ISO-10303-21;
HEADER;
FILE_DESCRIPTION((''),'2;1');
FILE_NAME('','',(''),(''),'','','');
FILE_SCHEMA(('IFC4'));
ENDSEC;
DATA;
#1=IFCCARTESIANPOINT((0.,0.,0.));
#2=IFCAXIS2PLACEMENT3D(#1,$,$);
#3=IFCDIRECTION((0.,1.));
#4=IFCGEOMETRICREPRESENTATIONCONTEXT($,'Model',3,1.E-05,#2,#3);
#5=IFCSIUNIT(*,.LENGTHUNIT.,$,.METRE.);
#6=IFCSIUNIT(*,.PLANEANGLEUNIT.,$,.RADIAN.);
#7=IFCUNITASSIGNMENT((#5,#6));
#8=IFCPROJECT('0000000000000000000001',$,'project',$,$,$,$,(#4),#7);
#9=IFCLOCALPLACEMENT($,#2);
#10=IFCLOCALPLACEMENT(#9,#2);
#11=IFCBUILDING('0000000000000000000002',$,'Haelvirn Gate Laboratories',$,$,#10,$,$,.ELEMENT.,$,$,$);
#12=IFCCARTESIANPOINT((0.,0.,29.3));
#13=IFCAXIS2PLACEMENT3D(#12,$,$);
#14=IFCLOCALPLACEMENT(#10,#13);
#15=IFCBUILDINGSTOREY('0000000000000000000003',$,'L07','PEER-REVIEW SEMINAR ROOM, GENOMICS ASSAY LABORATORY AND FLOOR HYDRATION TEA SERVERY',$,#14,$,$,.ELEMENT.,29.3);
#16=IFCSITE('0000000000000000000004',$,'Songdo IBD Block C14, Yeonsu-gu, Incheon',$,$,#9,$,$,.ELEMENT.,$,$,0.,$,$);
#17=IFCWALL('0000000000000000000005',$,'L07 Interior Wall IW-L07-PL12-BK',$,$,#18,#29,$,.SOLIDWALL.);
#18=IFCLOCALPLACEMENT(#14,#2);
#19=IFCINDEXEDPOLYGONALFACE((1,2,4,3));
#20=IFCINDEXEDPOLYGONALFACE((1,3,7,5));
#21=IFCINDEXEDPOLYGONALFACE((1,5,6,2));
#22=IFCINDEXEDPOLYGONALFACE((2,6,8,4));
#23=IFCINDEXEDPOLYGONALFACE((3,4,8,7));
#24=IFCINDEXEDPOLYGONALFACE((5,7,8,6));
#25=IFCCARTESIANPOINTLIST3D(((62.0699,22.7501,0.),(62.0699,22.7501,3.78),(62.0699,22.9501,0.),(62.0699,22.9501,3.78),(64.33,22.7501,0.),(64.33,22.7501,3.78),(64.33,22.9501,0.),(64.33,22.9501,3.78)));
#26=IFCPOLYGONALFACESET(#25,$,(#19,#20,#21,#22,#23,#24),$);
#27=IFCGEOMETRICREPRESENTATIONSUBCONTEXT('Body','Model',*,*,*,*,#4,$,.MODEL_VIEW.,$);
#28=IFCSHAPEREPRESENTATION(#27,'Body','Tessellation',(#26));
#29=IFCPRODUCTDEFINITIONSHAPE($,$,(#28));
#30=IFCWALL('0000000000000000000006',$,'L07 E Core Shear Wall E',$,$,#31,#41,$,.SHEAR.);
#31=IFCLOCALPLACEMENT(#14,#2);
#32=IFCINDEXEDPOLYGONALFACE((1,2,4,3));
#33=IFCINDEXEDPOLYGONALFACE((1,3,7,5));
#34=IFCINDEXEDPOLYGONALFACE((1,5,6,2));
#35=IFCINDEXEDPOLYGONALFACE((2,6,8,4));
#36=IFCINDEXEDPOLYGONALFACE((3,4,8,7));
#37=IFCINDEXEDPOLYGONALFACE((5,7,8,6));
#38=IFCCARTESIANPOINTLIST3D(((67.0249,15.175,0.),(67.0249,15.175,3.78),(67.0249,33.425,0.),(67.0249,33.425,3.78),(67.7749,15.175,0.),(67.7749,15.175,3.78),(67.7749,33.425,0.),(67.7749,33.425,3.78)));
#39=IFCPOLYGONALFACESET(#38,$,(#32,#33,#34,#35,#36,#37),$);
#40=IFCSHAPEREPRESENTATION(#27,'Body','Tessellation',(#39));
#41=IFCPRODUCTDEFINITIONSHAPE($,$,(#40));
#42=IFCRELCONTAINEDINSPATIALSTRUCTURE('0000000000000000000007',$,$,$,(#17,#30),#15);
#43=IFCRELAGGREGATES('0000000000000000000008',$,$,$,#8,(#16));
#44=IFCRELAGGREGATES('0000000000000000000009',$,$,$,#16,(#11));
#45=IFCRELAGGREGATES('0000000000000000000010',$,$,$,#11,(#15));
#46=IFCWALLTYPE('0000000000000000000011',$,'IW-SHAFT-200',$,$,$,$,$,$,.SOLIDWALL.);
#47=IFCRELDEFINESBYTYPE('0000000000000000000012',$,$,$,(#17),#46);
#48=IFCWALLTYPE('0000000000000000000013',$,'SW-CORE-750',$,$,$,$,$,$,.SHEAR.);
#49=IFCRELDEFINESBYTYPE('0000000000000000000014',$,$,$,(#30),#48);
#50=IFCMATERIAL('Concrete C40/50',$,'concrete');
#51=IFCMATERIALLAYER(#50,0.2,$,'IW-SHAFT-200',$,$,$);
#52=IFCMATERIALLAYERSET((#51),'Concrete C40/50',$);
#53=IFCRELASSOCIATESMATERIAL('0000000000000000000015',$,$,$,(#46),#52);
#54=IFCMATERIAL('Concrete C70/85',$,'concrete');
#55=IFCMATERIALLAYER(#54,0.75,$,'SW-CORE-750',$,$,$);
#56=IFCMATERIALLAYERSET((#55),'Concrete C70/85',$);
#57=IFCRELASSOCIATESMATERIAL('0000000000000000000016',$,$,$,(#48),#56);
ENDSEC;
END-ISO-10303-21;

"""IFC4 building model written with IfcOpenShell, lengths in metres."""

from ifc_helpers import new_model, si_unit, direction, frame, frame_2d, origin, place, context, subcontext, project, spatial, rectangle, extrude, material, layer, layer_set, type_object, element, save


model = new_model("IFC4")

# Units and contexts
model_context = context("Model", 3, precision=1e-05, world=origin(), true_north=direction((0.0, 1.0)))
body_context = subcontext(model_context, "Body", "Model", "MODEL_VIEW")
ifc_project = project(units=[si_unit("LENGTHUNIT", "METRE"), si_unit("PLANEANGLEUNIT", "RADIAN")], contexts=[model_context])

# Site, building, storey
site_placement = place(None, origin())
site = spatial("IfcSite", under=ifc_project, at=site_placement, Name="Songdo IBD Block C14, Yeonsu-gu, Incheon", CompositionType="ELEMENT", RefElevation=0.0)
building_placement = place(site_placement, origin())
building = spatial("IfcBuilding", under=site, at=building_placement, Name="Haelvirn Gate Laboratories", CompositionType="ELEMENT")
storey_placement = place(building_placement, frame((0.0, 0.0, 29.3)))
storey = spatial("IfcBuildingStorey", under=building, at=storey_placement, Name="L07", Description="PEER-REVIEW SEMINAR ROOM, GENOMICS ASSAY LABORATORY AND FLOOR HYDRATION TEA SERVERY", CompositionType="ELEMENT", Elevation=29.3)

# Shared definitions
ifc_material_1 = material(Name="Concrete C70/85", Category="concrete")

# Shared definitions
ifc_material_2 = material(Name="Concrete C40/50", Category="concrete")

# Shared definitions
ifc_layer_1 = layer(ifc_material_2, 0.2, Name="IW-SHAFT-200")
ifc_layer_set_1 = layer_set([ifc_layer_1], Name="Concrete C40/50")
wall_type_1 = type_object("IfcWallType", Name="IW-SHAFT-200", PredefinedType="SOLIDWALL", material=ifc_layer_set_1)

# Walls
for number, where, z_axis, x_axis, name in (
    (1, (62.0701, 22.8501, 0.0), (0.0, 0.0, 1.0), (1.0, 0.0, 0.0), "L07 Interior Wall IW-L07-PL12-BK"),
):
    element("IfcWall", number, at=place(storey_placement, frame(where, z_axis=z_axis, x_axis=x_axis)), inside=storey, type_object=wall_type_1, Name=name, PredefinedType="SOLIDWALL", context=body_context, shape_type="SweptSolid", body=[
        extrude(rectangle(XDim=2.26, YDim=0.2, at=frame_2d((1.1299, 0.0))), origin(), (0.0, 0.0, 1.0), 3.78),
    ])
ifc_layer_2 = layer(ifc_material_1, 0.75, Name="SW-CORE-750")
ifc_layer_set_2 = layer_set([ifc_layer_2], Name="Concrete C70/85")
wall_type_2 = type_object("IfcWallType", Name="SW-CORE-750", PredefinedType="SHEAR", material=ifc_layer_set_2)
wall_1_placement = place(storey_placement, frame((67.3999, 15.175, 0.0), z_axis=(0.0, 0.0, 1.0), x_axis=(0.0, 1.0, 0.0)))
element("IfcWall", 2, at=wall_1_placement, inside=storey, type_object=wall_type_2, Name="L07 E Core Shear Wall E", PredefinedType="SHEAR", context=body_context, shape_type="SweptSolid", body=[
    extrude(rectangle(XDim=18.25, YDim=0.75, at=frame_2d((9.125, 0.0))), origin(), (0.0, 0.0, 1.0), 3.78),
])

save(model, "model.ifc")
